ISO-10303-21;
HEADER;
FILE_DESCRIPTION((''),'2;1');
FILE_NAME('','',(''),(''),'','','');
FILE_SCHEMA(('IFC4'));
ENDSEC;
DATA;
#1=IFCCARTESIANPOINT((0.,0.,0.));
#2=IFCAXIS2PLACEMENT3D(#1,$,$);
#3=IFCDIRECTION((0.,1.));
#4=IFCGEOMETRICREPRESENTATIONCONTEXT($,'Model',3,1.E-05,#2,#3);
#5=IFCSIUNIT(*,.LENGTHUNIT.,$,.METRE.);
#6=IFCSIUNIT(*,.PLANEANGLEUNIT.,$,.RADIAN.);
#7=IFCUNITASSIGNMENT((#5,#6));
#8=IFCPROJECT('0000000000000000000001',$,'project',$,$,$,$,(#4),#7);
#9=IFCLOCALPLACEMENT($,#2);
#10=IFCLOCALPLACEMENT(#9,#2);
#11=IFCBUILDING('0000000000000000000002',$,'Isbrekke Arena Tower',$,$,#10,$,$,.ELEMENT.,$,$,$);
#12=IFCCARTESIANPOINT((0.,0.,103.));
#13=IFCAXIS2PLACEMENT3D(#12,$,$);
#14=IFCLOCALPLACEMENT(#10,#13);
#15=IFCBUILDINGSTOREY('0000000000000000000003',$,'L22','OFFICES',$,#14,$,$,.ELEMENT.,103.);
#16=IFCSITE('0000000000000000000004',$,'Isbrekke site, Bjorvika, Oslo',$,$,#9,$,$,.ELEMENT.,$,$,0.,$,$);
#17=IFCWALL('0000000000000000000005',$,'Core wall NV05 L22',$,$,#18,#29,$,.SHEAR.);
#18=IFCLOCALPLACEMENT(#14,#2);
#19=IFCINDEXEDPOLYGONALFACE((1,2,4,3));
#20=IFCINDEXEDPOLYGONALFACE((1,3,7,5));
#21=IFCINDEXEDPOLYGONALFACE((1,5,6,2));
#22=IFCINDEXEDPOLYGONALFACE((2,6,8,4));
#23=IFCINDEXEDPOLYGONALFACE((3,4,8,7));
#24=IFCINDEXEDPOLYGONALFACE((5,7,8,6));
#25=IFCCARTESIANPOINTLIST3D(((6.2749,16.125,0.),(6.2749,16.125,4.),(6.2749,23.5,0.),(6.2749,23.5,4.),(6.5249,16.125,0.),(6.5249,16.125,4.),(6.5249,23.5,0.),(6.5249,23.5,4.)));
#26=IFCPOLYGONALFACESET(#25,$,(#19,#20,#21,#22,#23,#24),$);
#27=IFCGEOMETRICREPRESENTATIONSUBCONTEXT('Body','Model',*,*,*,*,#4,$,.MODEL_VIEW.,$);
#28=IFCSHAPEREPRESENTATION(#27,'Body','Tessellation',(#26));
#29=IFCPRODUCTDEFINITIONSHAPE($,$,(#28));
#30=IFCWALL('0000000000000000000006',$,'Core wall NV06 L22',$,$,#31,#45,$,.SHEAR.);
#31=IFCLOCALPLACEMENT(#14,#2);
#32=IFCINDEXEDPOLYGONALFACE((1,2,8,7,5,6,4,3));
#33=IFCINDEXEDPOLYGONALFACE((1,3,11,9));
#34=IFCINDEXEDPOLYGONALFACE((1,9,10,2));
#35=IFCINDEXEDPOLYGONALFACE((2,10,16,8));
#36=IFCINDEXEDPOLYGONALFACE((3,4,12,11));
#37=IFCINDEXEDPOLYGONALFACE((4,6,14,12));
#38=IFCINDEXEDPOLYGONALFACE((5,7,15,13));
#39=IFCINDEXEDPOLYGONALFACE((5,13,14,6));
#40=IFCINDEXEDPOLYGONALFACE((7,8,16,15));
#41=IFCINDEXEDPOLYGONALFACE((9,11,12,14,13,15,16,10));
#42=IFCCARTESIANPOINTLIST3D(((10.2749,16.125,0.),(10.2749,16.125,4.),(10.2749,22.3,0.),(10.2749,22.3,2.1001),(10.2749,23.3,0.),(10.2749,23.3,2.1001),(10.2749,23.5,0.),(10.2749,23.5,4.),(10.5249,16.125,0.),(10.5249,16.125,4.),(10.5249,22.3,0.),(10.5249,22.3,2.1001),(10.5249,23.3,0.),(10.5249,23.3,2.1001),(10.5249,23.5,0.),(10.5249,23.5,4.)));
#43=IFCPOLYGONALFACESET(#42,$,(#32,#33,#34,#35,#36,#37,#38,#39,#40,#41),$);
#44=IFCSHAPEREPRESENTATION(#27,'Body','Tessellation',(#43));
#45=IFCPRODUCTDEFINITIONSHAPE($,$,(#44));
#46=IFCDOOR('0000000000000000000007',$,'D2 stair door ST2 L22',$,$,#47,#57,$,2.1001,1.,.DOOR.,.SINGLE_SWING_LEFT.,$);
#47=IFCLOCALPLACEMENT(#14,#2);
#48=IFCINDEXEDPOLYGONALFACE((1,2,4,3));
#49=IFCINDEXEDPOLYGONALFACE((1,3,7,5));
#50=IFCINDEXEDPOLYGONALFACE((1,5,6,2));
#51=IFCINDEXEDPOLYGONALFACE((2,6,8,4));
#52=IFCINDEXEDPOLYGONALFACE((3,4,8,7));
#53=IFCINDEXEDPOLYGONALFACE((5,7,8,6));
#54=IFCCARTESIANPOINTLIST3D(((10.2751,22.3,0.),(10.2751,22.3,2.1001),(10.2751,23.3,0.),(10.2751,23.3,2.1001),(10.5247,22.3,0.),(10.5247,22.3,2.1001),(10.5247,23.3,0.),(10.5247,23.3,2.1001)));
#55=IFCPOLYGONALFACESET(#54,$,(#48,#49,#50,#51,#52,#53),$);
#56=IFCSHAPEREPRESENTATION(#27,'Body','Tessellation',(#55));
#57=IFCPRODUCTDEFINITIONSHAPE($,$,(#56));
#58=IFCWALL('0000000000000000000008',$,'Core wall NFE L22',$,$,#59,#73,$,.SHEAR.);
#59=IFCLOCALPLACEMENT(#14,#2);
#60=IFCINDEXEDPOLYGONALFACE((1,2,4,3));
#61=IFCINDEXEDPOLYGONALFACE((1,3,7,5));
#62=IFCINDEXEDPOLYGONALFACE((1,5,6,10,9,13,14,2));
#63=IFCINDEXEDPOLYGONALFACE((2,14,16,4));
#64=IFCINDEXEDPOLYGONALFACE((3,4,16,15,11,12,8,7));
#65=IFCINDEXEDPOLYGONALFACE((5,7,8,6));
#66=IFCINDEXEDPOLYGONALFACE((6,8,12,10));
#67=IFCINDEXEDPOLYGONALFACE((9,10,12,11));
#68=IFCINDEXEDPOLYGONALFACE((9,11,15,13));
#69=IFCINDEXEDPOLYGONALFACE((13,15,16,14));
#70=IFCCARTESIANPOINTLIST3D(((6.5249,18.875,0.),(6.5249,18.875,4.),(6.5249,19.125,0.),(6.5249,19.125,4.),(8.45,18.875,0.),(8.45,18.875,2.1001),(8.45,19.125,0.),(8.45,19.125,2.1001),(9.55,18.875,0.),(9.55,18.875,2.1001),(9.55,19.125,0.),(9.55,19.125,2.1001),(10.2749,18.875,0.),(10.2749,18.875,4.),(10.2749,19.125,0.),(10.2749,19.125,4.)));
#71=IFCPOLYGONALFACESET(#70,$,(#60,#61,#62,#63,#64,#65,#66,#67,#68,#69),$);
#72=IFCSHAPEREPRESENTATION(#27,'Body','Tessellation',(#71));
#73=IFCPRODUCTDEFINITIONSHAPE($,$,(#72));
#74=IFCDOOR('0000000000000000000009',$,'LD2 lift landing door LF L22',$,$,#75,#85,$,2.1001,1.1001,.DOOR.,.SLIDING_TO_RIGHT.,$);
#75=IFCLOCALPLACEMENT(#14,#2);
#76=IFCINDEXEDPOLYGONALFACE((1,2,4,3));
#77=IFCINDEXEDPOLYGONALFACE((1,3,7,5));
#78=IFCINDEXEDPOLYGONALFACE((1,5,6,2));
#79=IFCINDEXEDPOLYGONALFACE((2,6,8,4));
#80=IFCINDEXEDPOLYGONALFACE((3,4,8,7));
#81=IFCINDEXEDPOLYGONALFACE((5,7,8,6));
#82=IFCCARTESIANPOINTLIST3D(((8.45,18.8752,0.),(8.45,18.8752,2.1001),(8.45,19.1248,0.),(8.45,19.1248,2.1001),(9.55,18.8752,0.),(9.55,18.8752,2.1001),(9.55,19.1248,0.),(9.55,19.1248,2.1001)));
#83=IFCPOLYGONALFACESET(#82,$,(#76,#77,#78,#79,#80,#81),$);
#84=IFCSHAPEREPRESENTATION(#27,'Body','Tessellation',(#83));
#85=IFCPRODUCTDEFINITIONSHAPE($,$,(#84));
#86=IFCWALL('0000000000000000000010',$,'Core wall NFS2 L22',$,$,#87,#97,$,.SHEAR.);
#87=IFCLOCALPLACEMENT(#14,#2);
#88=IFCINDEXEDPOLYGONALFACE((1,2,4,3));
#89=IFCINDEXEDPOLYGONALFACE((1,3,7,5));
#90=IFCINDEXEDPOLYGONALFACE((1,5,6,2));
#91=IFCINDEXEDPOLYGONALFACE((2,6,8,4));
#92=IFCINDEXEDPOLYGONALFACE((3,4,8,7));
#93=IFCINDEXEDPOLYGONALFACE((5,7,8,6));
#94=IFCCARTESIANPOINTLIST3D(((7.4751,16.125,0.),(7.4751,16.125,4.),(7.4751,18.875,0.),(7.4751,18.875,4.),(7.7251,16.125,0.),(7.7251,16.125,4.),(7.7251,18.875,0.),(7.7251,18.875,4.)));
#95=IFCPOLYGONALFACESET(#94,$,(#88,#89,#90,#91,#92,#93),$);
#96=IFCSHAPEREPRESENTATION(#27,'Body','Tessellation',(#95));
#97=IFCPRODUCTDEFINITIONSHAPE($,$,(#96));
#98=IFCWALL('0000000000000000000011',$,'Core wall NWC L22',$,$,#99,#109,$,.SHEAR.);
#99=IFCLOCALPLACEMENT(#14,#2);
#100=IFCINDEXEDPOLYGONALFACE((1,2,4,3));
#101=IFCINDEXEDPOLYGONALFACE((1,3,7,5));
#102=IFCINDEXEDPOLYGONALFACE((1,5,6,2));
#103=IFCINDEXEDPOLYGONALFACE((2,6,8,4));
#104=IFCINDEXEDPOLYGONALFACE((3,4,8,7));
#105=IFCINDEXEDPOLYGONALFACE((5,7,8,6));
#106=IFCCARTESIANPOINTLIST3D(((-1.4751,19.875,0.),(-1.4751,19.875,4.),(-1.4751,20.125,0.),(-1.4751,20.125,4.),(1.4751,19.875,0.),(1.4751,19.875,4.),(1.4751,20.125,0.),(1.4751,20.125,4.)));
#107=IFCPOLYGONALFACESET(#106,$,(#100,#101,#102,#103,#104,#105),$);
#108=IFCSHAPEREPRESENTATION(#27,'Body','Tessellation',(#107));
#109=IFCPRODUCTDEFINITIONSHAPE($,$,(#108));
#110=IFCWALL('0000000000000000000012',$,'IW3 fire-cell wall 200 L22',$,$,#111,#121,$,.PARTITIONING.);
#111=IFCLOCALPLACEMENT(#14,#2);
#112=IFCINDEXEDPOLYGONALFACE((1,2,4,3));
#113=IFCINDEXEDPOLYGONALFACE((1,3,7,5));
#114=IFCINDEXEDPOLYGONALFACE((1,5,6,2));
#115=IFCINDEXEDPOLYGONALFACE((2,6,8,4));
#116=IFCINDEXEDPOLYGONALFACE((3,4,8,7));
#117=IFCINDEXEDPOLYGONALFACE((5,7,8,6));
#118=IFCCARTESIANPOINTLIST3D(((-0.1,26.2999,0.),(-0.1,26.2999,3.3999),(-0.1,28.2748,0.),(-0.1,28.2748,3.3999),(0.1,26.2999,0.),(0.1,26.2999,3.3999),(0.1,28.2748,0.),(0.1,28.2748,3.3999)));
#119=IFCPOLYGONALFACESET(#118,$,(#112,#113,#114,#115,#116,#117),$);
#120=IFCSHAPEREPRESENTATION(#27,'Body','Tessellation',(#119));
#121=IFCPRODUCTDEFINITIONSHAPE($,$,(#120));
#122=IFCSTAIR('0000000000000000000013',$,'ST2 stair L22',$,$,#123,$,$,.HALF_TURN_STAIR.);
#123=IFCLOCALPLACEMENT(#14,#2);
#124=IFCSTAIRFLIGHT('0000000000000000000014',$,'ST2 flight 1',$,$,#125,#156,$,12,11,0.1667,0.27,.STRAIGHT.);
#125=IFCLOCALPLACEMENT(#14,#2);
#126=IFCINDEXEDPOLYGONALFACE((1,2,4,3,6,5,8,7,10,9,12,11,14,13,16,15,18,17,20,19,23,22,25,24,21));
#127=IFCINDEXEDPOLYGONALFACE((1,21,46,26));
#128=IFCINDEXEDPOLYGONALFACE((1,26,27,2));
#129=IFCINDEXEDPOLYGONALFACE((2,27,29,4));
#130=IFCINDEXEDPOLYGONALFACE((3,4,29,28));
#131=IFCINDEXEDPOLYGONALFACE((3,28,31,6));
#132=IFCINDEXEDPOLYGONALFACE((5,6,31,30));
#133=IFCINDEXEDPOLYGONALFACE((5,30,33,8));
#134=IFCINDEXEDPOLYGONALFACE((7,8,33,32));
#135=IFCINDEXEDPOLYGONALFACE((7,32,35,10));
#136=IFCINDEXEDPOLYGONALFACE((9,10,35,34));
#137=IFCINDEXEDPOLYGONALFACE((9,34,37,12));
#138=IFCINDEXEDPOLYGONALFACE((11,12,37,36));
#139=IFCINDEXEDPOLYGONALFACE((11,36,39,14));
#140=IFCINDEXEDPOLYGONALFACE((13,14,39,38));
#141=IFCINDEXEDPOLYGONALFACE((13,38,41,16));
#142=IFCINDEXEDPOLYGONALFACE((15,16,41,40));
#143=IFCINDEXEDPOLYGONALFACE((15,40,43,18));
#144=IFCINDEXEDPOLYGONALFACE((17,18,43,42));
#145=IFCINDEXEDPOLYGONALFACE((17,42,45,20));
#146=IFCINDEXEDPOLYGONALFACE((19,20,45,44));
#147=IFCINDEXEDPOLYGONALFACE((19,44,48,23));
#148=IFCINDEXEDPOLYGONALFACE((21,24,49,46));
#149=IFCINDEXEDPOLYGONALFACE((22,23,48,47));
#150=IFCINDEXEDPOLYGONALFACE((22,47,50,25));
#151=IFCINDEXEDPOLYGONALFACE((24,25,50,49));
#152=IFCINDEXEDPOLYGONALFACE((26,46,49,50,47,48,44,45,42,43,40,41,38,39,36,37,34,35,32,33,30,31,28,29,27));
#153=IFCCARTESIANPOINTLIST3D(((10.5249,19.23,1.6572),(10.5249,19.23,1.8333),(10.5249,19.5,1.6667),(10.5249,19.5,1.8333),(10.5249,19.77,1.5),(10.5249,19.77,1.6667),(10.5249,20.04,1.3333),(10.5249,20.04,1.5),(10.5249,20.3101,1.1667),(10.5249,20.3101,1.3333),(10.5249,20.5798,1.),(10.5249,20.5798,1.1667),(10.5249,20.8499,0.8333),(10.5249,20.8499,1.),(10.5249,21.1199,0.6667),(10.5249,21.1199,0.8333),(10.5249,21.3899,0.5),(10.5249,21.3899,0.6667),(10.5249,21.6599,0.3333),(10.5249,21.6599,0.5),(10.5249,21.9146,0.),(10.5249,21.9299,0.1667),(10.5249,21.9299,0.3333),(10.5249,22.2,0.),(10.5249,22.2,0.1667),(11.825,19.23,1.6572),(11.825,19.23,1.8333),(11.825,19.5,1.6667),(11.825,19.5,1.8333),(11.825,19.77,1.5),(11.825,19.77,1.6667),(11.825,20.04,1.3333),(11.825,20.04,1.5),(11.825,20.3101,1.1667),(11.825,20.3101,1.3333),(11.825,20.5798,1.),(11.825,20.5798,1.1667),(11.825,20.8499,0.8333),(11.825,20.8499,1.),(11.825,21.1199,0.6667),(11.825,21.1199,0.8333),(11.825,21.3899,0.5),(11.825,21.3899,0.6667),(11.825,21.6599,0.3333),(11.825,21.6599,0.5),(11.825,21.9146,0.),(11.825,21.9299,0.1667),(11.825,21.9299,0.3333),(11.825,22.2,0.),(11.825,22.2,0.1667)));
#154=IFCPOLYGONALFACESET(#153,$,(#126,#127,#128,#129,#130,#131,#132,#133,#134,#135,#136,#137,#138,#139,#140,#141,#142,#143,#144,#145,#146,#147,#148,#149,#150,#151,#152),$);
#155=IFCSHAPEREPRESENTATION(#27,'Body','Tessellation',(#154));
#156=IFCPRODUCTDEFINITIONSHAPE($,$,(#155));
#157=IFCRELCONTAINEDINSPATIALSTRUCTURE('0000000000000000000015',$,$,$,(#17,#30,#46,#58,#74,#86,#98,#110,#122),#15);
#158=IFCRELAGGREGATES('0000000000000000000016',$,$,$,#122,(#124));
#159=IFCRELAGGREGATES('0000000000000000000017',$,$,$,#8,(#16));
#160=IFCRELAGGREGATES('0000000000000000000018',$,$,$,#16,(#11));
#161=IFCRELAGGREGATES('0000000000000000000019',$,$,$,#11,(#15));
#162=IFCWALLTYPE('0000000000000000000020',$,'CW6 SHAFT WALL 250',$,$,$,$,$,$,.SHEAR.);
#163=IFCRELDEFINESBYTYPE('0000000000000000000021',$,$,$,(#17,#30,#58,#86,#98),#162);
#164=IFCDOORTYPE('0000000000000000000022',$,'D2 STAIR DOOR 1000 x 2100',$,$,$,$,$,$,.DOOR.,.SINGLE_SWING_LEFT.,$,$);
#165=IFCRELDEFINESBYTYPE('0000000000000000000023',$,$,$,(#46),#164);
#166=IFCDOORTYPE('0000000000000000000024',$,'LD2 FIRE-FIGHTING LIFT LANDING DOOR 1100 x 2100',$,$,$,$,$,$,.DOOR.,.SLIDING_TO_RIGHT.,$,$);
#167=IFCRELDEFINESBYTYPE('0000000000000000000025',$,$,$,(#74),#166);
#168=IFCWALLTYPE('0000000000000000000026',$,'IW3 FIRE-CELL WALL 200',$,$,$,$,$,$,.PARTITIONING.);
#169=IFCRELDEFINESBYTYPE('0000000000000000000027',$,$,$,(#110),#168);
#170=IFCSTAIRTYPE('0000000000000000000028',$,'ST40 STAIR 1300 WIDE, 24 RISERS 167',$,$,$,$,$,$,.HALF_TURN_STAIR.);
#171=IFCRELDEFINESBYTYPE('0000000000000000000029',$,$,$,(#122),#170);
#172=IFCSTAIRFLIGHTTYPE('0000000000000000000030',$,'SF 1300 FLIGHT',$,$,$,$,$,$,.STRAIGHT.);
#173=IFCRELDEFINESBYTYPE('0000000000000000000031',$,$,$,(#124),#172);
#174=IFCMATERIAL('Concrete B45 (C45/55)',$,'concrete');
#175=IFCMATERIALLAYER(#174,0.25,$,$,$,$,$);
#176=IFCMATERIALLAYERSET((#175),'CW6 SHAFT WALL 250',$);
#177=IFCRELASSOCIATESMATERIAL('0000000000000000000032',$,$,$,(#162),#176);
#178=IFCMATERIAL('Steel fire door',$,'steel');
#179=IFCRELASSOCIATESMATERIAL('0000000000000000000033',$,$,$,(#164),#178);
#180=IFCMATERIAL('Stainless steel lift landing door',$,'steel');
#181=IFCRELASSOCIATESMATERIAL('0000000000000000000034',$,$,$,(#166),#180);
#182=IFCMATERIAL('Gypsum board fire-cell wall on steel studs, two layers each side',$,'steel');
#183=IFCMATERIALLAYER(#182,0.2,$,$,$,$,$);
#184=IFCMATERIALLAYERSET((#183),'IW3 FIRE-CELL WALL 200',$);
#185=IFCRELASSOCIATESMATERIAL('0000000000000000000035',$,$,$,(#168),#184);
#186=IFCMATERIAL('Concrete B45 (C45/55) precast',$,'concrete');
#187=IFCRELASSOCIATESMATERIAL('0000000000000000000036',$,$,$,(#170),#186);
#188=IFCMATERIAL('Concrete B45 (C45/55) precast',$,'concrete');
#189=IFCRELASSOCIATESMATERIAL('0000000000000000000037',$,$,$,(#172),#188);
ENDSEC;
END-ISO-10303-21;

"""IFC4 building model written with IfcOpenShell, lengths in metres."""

from ifc_helpers import new_model, si_unit, direction, frame, frame_2d, origin, place, context, subcontext, project, spatial, polyline, rectangle, outline, extrude, material, layer, layer_set, type_object, element, fill, aggregate, save


model = new_model("IFC4")

# Units and contexts
model_context = context("Model", 3, precision=1e-05, world=origin(), true_north=direction((0.0, 1.0)))
body_context = subcontext(model_context, "Body", "Model", "MODEL_VIEW")
ifc_project = project(units=[si_unit("LENGTHUNIT", "METRE"), si_unit("PLANEANGLEUNIT", "RADIAN")], contexts=[model_context])

# Site, building, storey
site_placement = place(None, origin())
site = spatial("IfcSite", under=ifc_project, at=site_placement, Name="Isbrekke site, Bjorvika, Oslo", CompositionType="ELEMENT", RefElevation=0.0)
building_placement = place(site_placement, origin())
building = spatial("IfcBuilding", under=site, at=building_placement, Name="Isbrekke Arena Tower", CompositionType="ELEMENT")
storey_placement = place(building_placement, frame((0.0, 0.0, 103.0)))
storey = spatial("IfcBuildingStorey", under=building, at=storey_placement, Name="L22", Description="OFFICES", CompositionType="ELEMENT", Elevation=103.0)

# Wall
ifc_material_1 = material(Name="Concrete B45 (C45/55)", Category="concrete")
ifc_layer_1 = layer(ifc_material_1, 0.25)
ifc_layer_set_1 = layer_set([ifc_layer_1], Name="CW6 SHAFT WALL 250")
wall_type_1 = type_object("IfcWallType", Name="CW6 SHAFT WALL 250", PredefinedType="SHEAR", material=ifc_layer_set_1)
for number, where, z_axis, x_axis, name in (
    (1, (6.3999, 16.125, 0.0), (0.0, 0.0, 1.0), (0.0, 1.0, 0.0), "Core wall NV05 L22"),
):
    element("IfcWall", number, at=place(storey_placement, frame(where, z_axis=z_axis, x_axis=x_axis)), inside=storey, type_object=wall_type_1, Name=name, PredefinedType="SHEAR", context=body_context, shape_type="SweptSolid", body=[
        extrude(rectangle(XDim=7.375, YDim=0.25, at=frame_2d((3.6875, 0.0))), origin(), (0.0, 0.0, 1.0), 4.0),
    ])

# Walls, openings, doors
wall_1_placement = place(storey_placement, frame((10.3999, 16.125, 0.0), z_axis=(0.0, 0.0, 1.0), x_axis=(0.0, 1.0, 0.0)))
wall_1 = element("IfcWall", 2, at=wall_1_placement, inside=storey, type_object=wall_type_1, Name="Core wall NV06 L22", PredefinedType="SHEAR", context=body_context, shape_type="SweptSolid", body=[
    extrude(rectangle(XDim=7.375, YDim=0.25, at=frame_2d((3.6875, 0.0))), origin(), (0.0, 0.0, 1.0), 4.0),
])
opening_1_placement = place(wall_1_placement, frame((6.175, 0.0, 0.0)))
opening_1 = element("IfcOpeningElement", 3, at=opening_1_placement, cuts=wall_1, PredefinedType="OPENING", context=body_context, shape_type="SweptSolid", body=[
    extrude(rectangle(XDim=1.0, YDim=2.1001, at=frame_2d((0.5, 1.05))), frame((0.0, 0.1399, 0.0), z_axis=(0.0, -1.0, 0.0), x_axis=(1.0, 0.0, 0.0)), (0.0, 0.0, 1.0), 0.2798),
])
ifc_material_2 = material(Name="Steel fire door", Category="steel")
door_type_1 = type_object("IfcDoorType", Name="D2 STAIR DOOR 1000 x 2100", OperationType="SINGLE_SWING_LEFT", PredefinedType="DOOR", material=ifc_material_2)
door_1_placement = place(opening_1_placement, origin())
door_1 = element("IfcDoor", 4, at=door_1_placement, inside=storey, type_object=door_type_1, Name="D2 stair door ST2 L22", OperationType="SINGLE_SWING_LEFT", OverallHeight=2.1001, OverallWidth=1.0, PredefinedType="DOOR", context=body_context, shape_type="SweptSolid", body=[
    extrude(rectangle(XDim=1.0, YDim=2.1001, at=frame_2d((0.5, 1.05))), frame((0.0, 0.1248, 0.0), z_axis=(0.0, -1.0, 0.0), x_axis=(1.0, 0.0, 0.0)), (0.0, 0.0, 1.0), 0.2495),
])
fill(opening_1, door_1)
wall_2_placement = place(storey_placement, frame((6.5249, 19.0, 0.0), z_axis=(0.0, 0.0, 1.0), x_axis=(1.0, 0.0, 0.0)))
wall_2 = element("IfcWall", 5, at=wall_2_placement, inside=storey, type_object=wall_type_1, Name="Core wall NFE L22", PredefinedType="SHEAR", context=body_context, shape_type="SweptSolid", body=[
    extrude(rectangle(XDim=3.75, YDim=0.25, at=frame_2d((1.875, 0.0))), origin(), (0.0, 0.0, 1.0), 4.0),
])
opening_2_placement = place(wall_2_placement, frame((1.925, 0.0, 0.0)))
opening_2 = element("IfcOpeningElement", 6, at=opening_2_placement, cuts=wall_2, PredefinedType="OPENING", context=body_context, shape_type="SweptSolid", body=[
    extrude(rectangle(XDim=1.1001, YDim=2.1001, at=frame_2d((0.55, 1.05))), frame((0.0, 0.1399, 0.0), z_axis=(0.0, -1.0, 0.0), x_axis=(1.0, 0.0, 0.0)), (0.0, 0.0, 1.0), 0.2798),
])
ifc_material_3 = material(Name="Stainless steel lift landing door", Category="steel")
door_type_2 = type_object("IfcDoorType", Name="LD2 FIRE-FIGHTING LIFT LANDING DOOR 1100 x 2100", OperationType="SLIDING_TO_RIGHT", PredefinedType="DOOR", material=ifc_material_3)
door_2_placement = place(opening_2_placement, origin())
door_2 = element("IfcDoor", 7, at=door_2_placement, inside=storey, type_object=door_type_2, Name="LD2 lift landing door LF L22", OperationType="SLIDING_TO_RIGHT", OverallHeight=2.1001, OverallWidth=1.1001, PredefinedType="DOOR", context=body_context, shape_type="SweptSolid", body=[
    extrude(rectangle(XDim=1.1001, YDim=2.1001, at=frame_2d((0.55, 1.05))), frame((0.0, 0.1248, 0.0), z_axis=(0.0, -1.0, 0.0), x_axis=(1.0, 0.0, 0.0)), (0.0, 0.0, 1.0), 0.2495),
])
fill(opening_2, door_2)

# Walls
wall_3_placement = place(storey_placement, frame((7.6001, 16.125, 0.0), z_axis=(0.0, 0.0, 1.0), x_axis=(0.0, 1.0, 0.0)))
element("IfcWall", 8, at=wall_3_placement, inside=storey, type_object=wall_type_1, Name="Core wall NFS2 L22", PredefinedType="SHEAR", context=body_context, shape_type="SweptSolid", body=[
    extrude(rectangle(XDim=2.75, YDim=0.25, at=frame_2d((1.375, 0.0))), origin(), (0.0, 0.0, 1.0), 4.0),
])
wall_4_placement = place(storey_placement, frame((-1.4751, 20.0, 0.0), z_axis=(0.0, 0.0, 1.0), x_axis=(1.0, 0.0, 0.0)))
element("IfcWall", 9, at=wall_4_placement, inside=storey, type_object=wall_type_1, Name="Core wall NWC L22", PredefinedType="SHEAR", context=body_context, shape_type="SweptSolid", body=[
    extrude(rectangle(XDim=2.9502, YDim=0.25, at=frame_2d((1.4751, 0.0))), origin(), (0.0, 0.0, 1.0), 4.0),
])
ifc_material_4 = material(Name="Gypsum board fire-cell wall on steel studs, two layers each side", Category="steel")
ifc_layer_2 = layer(ifc_material_4, 0.2)
ifc_layer_set_2 = layer_set([ifc_layer_2], Name="IW3 FIRE-CELL WALL 200")
wall_type_2 = type_object("IfcWallType", Name="IW3 FIRE-CELL WALL 200", PredefinedType="PARTITIONING", material=ifc_layer_set_2)
wall_5_placement = place(storey_placement, frame((0.0, 26.3, 0.0), z_axis=(0.0, 0.0, 1.0), x_axis=(0.0, 1.0, 0.0)))
element("IfcWall", 10, at=wall_5_placement, inside=storey, type_object=wall_type_2, Name="IW3 fire-cell wall 200 L22", PredefinedType="PARTITIONING", context=body_context, shape_type="SweptSolid", body=[
    extrude(rectangle(XDim=1.9749, YDim=0.2, at=frame_2d((0.9873, 0.0))), origin(), (0.0, 0.0, 1.0), 3.3999),
])

# Stair, stair flight
ifc_material_5 = material(Name="Concrete B45 (C45/55) precast", Category="concrete")
stair_type = type_object("IfcStairType", Name="ST40 STAIR 1300 WIDE, 24 RISERS 167", PredefinedType="HALF_TURN_STAIR", material=ifc_material_5)
stair_placement = place(storey_placement, origin())
stair = element("IfcStair", 11, at=stair_placement, inside=storey, type_object=stair_type, Name="ST2 stair L22", PredefinedType="HALF_TURN_STAIR")
ifc_material_6 = material(Name="Concrete B45 (C45/55) precast", Category="concrete")
stair_flight_type = type_object("IfcStairFlightType", Name="SF 1300 FLIGHT", PredefinedType="STRAIGHT", material=ifc_material_6)
stair_flight_1_placement = place(storey_placement, frame((11.175, 22.2, 0.0), z_axis=(0.0, 0.0, 1.0), x_axis=(0.0, -1.0, 0.0)))
stair_flight_1 = element("IfcStairFlight", 12, at=stair_flight_1_placement, type_object=stair_flight_type, Name="ST2 flight 1", NumberOfRisers=12, NumberOfTreads=11, PredefinedType="STRAIGHT", RiserHeight=0.1667, TreadLength=0.27, context=body_context, shape_type="SweptSolid", body=[
    extrude(outline(polyline([(0.0, 0.0), (0.0, 0.1667), (0.27, 0.1667), (0.27, 0.3333), (0.54, 0.3333), (0.54, 0.5), (0.8101, 0.5), (0.8101, 0.6667), (1.0801, 0.6667), (1.0801, 0.8333), (1.3501, 0.8333), (1.3501, 1.0), (1.6201, 1.0), (1.6201, 1.1667), (1.8899, 1.1667), (1.8899, 1.3333), (2.1599, 1.3333), (2.1599, 1.5), (2.4299, 1.5), (2.4299, 1.6667), (2.7, 1.6667), (2.7, 1.8333), (2.97, 1.8333), (2.97, 2.0), (2.97, 1.6572), (0.2854, 0.0), (0.0, 0.0)])), frame((0.0, 0.6499, 0.0), z_axis=(0.0, -1.0, 0.0), x_axis=(1.0, 0.0, 0.0)), (0.0, 0.0, 1.0), 1.3),
])
aggregate(stair, [stair_flight_1])

save(model, "model.ifc")
